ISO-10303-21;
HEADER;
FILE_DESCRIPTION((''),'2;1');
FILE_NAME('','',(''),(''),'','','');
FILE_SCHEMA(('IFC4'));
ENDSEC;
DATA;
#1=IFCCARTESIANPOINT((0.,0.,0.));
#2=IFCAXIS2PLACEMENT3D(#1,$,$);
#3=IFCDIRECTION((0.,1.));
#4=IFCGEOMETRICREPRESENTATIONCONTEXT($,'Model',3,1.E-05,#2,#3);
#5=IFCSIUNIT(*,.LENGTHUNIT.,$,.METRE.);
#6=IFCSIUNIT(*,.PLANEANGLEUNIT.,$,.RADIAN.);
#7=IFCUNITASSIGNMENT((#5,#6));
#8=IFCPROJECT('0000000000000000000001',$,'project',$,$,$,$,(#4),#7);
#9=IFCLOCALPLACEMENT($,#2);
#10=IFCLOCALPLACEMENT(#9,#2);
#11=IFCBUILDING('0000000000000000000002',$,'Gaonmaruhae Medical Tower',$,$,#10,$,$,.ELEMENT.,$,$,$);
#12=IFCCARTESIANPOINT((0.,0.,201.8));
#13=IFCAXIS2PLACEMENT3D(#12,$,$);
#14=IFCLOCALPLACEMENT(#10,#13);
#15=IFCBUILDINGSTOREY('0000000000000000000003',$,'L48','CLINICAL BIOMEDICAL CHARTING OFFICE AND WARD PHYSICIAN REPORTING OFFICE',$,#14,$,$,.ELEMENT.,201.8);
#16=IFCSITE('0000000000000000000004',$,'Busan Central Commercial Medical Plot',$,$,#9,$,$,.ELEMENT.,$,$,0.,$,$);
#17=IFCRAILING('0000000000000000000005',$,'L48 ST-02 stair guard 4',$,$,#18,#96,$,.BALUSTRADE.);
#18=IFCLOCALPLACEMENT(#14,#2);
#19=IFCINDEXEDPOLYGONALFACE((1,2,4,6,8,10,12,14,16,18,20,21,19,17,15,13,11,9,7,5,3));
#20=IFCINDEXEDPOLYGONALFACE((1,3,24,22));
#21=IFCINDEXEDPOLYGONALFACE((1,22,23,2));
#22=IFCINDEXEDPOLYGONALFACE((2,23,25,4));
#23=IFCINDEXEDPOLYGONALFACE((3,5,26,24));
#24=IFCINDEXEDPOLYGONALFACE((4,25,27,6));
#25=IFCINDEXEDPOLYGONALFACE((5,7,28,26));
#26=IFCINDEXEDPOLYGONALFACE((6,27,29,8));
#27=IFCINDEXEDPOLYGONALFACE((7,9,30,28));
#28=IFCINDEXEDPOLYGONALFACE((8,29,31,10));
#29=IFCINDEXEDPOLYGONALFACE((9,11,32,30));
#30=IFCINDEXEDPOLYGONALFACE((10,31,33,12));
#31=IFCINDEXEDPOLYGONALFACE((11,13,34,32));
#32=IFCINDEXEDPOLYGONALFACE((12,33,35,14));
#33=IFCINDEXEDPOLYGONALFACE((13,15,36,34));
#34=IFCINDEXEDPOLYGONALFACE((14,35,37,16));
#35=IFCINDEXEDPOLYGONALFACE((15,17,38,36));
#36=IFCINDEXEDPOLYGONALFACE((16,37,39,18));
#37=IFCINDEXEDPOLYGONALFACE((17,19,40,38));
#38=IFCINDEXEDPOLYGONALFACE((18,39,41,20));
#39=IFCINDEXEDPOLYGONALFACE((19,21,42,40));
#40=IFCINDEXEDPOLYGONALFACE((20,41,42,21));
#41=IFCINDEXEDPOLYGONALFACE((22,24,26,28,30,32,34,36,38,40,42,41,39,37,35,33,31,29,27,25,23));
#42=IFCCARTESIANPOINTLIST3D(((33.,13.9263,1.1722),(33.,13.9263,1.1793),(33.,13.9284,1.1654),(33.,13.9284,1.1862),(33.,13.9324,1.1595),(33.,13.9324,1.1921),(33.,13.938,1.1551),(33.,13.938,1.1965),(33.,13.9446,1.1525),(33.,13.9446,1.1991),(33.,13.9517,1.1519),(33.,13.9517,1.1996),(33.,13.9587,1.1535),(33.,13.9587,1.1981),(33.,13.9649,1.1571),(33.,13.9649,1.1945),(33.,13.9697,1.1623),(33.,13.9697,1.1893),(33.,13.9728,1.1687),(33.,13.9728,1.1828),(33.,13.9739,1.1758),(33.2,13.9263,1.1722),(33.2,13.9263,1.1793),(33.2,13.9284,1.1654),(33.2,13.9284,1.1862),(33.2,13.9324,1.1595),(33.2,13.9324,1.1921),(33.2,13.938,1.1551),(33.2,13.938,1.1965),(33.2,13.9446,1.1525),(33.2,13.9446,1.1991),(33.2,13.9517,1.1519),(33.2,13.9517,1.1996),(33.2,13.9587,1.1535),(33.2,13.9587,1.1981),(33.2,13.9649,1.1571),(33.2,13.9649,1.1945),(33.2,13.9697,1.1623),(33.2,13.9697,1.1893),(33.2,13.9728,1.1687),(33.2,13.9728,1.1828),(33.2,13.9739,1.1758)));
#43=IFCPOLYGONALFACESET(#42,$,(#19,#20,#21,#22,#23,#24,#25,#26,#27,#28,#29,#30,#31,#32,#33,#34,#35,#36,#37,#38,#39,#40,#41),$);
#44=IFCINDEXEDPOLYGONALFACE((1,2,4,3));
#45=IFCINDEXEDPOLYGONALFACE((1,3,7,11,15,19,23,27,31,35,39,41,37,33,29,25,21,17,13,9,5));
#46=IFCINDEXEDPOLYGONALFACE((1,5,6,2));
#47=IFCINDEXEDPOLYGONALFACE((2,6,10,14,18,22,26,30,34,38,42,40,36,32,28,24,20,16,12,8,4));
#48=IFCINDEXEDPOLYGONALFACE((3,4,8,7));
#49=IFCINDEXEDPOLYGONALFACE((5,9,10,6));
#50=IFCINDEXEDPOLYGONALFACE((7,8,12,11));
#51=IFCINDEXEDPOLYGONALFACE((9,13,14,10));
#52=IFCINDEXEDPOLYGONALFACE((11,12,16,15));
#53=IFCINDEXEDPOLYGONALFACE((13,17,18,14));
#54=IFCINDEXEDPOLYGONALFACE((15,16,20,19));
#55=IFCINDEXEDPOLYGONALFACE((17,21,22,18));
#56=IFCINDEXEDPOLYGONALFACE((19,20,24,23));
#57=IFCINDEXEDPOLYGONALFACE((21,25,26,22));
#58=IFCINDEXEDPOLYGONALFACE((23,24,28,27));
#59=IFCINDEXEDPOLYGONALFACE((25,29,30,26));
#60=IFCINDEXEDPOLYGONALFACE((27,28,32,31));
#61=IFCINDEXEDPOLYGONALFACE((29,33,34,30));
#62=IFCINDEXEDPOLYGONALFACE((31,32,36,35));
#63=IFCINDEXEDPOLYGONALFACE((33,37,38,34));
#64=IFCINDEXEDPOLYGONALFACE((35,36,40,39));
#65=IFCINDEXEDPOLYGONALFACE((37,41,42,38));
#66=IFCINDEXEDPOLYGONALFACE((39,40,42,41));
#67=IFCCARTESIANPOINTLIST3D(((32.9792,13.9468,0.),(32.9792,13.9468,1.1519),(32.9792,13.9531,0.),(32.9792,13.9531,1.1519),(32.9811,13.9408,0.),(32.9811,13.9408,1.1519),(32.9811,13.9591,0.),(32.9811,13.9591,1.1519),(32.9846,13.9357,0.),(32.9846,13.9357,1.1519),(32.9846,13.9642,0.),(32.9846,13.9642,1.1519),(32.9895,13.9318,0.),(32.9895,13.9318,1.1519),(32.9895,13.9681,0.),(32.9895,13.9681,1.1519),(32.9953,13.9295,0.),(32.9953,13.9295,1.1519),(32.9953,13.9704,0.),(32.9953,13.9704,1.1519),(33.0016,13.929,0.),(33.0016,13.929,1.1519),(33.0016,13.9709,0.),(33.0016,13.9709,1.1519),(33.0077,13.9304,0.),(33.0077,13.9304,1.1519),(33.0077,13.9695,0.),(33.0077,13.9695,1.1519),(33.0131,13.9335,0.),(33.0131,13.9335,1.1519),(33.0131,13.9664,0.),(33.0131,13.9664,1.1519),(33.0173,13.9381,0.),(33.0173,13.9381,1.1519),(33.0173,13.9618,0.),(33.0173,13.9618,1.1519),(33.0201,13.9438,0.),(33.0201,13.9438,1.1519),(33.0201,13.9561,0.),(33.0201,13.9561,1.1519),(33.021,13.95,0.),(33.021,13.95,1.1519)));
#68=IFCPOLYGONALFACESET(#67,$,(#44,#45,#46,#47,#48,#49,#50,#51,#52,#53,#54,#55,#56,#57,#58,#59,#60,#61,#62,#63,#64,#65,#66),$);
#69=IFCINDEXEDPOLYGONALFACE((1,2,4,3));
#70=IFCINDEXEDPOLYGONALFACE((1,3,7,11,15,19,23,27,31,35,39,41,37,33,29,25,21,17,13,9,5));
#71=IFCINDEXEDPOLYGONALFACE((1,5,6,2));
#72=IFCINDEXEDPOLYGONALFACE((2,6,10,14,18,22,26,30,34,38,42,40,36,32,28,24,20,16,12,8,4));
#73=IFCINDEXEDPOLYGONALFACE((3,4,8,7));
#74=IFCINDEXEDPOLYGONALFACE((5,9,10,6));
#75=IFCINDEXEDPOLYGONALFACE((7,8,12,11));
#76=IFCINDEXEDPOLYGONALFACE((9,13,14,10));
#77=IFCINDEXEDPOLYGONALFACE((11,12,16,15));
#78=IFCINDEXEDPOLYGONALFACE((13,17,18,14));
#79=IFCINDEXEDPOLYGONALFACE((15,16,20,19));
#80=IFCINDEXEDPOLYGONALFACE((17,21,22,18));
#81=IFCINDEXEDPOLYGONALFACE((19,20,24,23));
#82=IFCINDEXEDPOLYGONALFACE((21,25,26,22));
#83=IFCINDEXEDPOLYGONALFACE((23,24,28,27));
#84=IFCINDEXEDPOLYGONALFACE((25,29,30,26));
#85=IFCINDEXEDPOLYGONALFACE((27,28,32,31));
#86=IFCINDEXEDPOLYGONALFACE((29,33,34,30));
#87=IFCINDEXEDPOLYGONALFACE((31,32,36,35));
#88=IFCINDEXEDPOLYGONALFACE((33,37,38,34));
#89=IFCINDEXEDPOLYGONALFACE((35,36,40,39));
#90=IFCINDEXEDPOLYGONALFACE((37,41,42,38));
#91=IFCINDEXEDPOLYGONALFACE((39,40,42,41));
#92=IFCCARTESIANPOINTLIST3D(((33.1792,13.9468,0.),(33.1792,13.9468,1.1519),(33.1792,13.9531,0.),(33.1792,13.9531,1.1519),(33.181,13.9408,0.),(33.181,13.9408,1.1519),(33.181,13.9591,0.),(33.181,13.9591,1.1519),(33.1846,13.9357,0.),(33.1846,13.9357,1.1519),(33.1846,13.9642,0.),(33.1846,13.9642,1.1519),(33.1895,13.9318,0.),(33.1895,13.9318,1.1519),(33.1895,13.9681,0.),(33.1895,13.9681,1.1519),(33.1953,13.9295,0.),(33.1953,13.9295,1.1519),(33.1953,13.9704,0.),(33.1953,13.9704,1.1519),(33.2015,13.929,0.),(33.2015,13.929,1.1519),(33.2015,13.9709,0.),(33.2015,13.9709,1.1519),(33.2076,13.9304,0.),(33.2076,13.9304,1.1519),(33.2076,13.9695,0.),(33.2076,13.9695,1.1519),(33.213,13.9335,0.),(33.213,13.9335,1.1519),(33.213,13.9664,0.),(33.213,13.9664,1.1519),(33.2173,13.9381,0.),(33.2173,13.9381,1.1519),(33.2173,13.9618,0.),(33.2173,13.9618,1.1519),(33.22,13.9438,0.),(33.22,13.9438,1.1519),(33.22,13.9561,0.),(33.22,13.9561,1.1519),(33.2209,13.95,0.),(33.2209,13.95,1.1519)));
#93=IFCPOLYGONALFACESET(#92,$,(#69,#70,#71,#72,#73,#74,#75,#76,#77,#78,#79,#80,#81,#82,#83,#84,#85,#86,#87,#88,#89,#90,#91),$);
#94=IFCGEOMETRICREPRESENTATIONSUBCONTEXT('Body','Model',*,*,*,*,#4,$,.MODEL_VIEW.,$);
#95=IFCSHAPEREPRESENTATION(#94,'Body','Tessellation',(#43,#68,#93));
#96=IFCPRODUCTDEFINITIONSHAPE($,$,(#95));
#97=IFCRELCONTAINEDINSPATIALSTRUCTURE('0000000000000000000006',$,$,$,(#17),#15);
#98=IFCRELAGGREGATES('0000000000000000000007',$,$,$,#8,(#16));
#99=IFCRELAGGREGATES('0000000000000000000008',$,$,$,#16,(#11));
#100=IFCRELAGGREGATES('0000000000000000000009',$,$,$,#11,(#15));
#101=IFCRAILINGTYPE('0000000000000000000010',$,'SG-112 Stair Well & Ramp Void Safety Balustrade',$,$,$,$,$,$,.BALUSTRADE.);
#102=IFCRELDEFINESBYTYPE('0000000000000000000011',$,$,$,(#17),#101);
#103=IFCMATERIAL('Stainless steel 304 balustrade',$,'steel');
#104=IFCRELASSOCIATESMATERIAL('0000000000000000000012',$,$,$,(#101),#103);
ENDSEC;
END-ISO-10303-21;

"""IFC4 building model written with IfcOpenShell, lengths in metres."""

from ifc_helpers import new_model, si_unit, direction, frame, origin, origin_2d, place, context, subcontext, project, spatial, circle, extrude, material, type_object, element, save


model = new_model("IFC4")

# Units and contexts
model_context = context("Model", 3, precision=1e-05, world=origin(), true_north=direction((0.0, 1.0)))
body_context = subcontext(model_context, "Body", "Model", "MODEL_VIEW")
ifc_project = project(units=[si_unit("LENGTHUNIT", "METRE"), si_unit("PLANEANGLEUNIT", "RADIAN")], contexts=[model_context])

# Site, building, storey
site_placement = place(None, origin())
site = spatial("IfcSite", under=ifc_project, at=site_placement, Name="Busan Central Commercial Medical Plot", CompositionType="ELEMENT", RefElevation=0.0)
building_placement = place(site_placement, origin())
building = spatial("IfcBuilding", under=site, at=building_placement, Name="Gaonmaruhae Medical Tower", CompositionType="ELEMENT")
storey_placement = place(building_placement, frame((0.0, 0.0, 201.8)))
storey = spatial("IfcBuildingStorey", under=building, at=storey_placement, Name="L48", Description="CLINICAL BIOMEDICAL CHARTING OFFICE AND WARD PHYSICIAN REPORTING OFFICE", CompositionType="ELEMENT", Elevation=201.8)

# Railing
ifc_material_1 = material(Name="Stainless steel 304 balustrade", Category="steel")
railing_type_1 = type_object("IfcRailingType", Name="SG-112 Stair Well & Ramp Void Safety Balustrade", PredefinedType="BALUSTRADE", material=ifc_material_1)
railing_1_placement = place(storey_placement, frame((33.0, 13.95, 0.0)))
element("IfcRailing", 1, at=railing_1_placement, inside=storey, type_object=railing_type_1, Name="L48 ST-02 stair guard 4", PredefinedType="BALUSTRADE", context=body_context, shape_type="SweptSolid", body=[
    extrude(circle(Radius=0.0239, at=origin_2d()), frame((0.0, 0.0, 1.1758), z_axis=(1.0, 0.0, 0.0), x_axis=(0.0, 1.0, 0.0)), (0.0, 0.0, 1.0), 0.2),
    extrude(circle(Radius=0.021, at=origin_2d()), origin(), (0.0, 0.0, 1.0), 1.1519),
    extrude(circle(Radius=0.021, at=origin_2d()), frame((0.2, 0.0, 0.0)), (0.0, 0.0, 1.0), 1.1519),
])

save(model, "model.ifc")
